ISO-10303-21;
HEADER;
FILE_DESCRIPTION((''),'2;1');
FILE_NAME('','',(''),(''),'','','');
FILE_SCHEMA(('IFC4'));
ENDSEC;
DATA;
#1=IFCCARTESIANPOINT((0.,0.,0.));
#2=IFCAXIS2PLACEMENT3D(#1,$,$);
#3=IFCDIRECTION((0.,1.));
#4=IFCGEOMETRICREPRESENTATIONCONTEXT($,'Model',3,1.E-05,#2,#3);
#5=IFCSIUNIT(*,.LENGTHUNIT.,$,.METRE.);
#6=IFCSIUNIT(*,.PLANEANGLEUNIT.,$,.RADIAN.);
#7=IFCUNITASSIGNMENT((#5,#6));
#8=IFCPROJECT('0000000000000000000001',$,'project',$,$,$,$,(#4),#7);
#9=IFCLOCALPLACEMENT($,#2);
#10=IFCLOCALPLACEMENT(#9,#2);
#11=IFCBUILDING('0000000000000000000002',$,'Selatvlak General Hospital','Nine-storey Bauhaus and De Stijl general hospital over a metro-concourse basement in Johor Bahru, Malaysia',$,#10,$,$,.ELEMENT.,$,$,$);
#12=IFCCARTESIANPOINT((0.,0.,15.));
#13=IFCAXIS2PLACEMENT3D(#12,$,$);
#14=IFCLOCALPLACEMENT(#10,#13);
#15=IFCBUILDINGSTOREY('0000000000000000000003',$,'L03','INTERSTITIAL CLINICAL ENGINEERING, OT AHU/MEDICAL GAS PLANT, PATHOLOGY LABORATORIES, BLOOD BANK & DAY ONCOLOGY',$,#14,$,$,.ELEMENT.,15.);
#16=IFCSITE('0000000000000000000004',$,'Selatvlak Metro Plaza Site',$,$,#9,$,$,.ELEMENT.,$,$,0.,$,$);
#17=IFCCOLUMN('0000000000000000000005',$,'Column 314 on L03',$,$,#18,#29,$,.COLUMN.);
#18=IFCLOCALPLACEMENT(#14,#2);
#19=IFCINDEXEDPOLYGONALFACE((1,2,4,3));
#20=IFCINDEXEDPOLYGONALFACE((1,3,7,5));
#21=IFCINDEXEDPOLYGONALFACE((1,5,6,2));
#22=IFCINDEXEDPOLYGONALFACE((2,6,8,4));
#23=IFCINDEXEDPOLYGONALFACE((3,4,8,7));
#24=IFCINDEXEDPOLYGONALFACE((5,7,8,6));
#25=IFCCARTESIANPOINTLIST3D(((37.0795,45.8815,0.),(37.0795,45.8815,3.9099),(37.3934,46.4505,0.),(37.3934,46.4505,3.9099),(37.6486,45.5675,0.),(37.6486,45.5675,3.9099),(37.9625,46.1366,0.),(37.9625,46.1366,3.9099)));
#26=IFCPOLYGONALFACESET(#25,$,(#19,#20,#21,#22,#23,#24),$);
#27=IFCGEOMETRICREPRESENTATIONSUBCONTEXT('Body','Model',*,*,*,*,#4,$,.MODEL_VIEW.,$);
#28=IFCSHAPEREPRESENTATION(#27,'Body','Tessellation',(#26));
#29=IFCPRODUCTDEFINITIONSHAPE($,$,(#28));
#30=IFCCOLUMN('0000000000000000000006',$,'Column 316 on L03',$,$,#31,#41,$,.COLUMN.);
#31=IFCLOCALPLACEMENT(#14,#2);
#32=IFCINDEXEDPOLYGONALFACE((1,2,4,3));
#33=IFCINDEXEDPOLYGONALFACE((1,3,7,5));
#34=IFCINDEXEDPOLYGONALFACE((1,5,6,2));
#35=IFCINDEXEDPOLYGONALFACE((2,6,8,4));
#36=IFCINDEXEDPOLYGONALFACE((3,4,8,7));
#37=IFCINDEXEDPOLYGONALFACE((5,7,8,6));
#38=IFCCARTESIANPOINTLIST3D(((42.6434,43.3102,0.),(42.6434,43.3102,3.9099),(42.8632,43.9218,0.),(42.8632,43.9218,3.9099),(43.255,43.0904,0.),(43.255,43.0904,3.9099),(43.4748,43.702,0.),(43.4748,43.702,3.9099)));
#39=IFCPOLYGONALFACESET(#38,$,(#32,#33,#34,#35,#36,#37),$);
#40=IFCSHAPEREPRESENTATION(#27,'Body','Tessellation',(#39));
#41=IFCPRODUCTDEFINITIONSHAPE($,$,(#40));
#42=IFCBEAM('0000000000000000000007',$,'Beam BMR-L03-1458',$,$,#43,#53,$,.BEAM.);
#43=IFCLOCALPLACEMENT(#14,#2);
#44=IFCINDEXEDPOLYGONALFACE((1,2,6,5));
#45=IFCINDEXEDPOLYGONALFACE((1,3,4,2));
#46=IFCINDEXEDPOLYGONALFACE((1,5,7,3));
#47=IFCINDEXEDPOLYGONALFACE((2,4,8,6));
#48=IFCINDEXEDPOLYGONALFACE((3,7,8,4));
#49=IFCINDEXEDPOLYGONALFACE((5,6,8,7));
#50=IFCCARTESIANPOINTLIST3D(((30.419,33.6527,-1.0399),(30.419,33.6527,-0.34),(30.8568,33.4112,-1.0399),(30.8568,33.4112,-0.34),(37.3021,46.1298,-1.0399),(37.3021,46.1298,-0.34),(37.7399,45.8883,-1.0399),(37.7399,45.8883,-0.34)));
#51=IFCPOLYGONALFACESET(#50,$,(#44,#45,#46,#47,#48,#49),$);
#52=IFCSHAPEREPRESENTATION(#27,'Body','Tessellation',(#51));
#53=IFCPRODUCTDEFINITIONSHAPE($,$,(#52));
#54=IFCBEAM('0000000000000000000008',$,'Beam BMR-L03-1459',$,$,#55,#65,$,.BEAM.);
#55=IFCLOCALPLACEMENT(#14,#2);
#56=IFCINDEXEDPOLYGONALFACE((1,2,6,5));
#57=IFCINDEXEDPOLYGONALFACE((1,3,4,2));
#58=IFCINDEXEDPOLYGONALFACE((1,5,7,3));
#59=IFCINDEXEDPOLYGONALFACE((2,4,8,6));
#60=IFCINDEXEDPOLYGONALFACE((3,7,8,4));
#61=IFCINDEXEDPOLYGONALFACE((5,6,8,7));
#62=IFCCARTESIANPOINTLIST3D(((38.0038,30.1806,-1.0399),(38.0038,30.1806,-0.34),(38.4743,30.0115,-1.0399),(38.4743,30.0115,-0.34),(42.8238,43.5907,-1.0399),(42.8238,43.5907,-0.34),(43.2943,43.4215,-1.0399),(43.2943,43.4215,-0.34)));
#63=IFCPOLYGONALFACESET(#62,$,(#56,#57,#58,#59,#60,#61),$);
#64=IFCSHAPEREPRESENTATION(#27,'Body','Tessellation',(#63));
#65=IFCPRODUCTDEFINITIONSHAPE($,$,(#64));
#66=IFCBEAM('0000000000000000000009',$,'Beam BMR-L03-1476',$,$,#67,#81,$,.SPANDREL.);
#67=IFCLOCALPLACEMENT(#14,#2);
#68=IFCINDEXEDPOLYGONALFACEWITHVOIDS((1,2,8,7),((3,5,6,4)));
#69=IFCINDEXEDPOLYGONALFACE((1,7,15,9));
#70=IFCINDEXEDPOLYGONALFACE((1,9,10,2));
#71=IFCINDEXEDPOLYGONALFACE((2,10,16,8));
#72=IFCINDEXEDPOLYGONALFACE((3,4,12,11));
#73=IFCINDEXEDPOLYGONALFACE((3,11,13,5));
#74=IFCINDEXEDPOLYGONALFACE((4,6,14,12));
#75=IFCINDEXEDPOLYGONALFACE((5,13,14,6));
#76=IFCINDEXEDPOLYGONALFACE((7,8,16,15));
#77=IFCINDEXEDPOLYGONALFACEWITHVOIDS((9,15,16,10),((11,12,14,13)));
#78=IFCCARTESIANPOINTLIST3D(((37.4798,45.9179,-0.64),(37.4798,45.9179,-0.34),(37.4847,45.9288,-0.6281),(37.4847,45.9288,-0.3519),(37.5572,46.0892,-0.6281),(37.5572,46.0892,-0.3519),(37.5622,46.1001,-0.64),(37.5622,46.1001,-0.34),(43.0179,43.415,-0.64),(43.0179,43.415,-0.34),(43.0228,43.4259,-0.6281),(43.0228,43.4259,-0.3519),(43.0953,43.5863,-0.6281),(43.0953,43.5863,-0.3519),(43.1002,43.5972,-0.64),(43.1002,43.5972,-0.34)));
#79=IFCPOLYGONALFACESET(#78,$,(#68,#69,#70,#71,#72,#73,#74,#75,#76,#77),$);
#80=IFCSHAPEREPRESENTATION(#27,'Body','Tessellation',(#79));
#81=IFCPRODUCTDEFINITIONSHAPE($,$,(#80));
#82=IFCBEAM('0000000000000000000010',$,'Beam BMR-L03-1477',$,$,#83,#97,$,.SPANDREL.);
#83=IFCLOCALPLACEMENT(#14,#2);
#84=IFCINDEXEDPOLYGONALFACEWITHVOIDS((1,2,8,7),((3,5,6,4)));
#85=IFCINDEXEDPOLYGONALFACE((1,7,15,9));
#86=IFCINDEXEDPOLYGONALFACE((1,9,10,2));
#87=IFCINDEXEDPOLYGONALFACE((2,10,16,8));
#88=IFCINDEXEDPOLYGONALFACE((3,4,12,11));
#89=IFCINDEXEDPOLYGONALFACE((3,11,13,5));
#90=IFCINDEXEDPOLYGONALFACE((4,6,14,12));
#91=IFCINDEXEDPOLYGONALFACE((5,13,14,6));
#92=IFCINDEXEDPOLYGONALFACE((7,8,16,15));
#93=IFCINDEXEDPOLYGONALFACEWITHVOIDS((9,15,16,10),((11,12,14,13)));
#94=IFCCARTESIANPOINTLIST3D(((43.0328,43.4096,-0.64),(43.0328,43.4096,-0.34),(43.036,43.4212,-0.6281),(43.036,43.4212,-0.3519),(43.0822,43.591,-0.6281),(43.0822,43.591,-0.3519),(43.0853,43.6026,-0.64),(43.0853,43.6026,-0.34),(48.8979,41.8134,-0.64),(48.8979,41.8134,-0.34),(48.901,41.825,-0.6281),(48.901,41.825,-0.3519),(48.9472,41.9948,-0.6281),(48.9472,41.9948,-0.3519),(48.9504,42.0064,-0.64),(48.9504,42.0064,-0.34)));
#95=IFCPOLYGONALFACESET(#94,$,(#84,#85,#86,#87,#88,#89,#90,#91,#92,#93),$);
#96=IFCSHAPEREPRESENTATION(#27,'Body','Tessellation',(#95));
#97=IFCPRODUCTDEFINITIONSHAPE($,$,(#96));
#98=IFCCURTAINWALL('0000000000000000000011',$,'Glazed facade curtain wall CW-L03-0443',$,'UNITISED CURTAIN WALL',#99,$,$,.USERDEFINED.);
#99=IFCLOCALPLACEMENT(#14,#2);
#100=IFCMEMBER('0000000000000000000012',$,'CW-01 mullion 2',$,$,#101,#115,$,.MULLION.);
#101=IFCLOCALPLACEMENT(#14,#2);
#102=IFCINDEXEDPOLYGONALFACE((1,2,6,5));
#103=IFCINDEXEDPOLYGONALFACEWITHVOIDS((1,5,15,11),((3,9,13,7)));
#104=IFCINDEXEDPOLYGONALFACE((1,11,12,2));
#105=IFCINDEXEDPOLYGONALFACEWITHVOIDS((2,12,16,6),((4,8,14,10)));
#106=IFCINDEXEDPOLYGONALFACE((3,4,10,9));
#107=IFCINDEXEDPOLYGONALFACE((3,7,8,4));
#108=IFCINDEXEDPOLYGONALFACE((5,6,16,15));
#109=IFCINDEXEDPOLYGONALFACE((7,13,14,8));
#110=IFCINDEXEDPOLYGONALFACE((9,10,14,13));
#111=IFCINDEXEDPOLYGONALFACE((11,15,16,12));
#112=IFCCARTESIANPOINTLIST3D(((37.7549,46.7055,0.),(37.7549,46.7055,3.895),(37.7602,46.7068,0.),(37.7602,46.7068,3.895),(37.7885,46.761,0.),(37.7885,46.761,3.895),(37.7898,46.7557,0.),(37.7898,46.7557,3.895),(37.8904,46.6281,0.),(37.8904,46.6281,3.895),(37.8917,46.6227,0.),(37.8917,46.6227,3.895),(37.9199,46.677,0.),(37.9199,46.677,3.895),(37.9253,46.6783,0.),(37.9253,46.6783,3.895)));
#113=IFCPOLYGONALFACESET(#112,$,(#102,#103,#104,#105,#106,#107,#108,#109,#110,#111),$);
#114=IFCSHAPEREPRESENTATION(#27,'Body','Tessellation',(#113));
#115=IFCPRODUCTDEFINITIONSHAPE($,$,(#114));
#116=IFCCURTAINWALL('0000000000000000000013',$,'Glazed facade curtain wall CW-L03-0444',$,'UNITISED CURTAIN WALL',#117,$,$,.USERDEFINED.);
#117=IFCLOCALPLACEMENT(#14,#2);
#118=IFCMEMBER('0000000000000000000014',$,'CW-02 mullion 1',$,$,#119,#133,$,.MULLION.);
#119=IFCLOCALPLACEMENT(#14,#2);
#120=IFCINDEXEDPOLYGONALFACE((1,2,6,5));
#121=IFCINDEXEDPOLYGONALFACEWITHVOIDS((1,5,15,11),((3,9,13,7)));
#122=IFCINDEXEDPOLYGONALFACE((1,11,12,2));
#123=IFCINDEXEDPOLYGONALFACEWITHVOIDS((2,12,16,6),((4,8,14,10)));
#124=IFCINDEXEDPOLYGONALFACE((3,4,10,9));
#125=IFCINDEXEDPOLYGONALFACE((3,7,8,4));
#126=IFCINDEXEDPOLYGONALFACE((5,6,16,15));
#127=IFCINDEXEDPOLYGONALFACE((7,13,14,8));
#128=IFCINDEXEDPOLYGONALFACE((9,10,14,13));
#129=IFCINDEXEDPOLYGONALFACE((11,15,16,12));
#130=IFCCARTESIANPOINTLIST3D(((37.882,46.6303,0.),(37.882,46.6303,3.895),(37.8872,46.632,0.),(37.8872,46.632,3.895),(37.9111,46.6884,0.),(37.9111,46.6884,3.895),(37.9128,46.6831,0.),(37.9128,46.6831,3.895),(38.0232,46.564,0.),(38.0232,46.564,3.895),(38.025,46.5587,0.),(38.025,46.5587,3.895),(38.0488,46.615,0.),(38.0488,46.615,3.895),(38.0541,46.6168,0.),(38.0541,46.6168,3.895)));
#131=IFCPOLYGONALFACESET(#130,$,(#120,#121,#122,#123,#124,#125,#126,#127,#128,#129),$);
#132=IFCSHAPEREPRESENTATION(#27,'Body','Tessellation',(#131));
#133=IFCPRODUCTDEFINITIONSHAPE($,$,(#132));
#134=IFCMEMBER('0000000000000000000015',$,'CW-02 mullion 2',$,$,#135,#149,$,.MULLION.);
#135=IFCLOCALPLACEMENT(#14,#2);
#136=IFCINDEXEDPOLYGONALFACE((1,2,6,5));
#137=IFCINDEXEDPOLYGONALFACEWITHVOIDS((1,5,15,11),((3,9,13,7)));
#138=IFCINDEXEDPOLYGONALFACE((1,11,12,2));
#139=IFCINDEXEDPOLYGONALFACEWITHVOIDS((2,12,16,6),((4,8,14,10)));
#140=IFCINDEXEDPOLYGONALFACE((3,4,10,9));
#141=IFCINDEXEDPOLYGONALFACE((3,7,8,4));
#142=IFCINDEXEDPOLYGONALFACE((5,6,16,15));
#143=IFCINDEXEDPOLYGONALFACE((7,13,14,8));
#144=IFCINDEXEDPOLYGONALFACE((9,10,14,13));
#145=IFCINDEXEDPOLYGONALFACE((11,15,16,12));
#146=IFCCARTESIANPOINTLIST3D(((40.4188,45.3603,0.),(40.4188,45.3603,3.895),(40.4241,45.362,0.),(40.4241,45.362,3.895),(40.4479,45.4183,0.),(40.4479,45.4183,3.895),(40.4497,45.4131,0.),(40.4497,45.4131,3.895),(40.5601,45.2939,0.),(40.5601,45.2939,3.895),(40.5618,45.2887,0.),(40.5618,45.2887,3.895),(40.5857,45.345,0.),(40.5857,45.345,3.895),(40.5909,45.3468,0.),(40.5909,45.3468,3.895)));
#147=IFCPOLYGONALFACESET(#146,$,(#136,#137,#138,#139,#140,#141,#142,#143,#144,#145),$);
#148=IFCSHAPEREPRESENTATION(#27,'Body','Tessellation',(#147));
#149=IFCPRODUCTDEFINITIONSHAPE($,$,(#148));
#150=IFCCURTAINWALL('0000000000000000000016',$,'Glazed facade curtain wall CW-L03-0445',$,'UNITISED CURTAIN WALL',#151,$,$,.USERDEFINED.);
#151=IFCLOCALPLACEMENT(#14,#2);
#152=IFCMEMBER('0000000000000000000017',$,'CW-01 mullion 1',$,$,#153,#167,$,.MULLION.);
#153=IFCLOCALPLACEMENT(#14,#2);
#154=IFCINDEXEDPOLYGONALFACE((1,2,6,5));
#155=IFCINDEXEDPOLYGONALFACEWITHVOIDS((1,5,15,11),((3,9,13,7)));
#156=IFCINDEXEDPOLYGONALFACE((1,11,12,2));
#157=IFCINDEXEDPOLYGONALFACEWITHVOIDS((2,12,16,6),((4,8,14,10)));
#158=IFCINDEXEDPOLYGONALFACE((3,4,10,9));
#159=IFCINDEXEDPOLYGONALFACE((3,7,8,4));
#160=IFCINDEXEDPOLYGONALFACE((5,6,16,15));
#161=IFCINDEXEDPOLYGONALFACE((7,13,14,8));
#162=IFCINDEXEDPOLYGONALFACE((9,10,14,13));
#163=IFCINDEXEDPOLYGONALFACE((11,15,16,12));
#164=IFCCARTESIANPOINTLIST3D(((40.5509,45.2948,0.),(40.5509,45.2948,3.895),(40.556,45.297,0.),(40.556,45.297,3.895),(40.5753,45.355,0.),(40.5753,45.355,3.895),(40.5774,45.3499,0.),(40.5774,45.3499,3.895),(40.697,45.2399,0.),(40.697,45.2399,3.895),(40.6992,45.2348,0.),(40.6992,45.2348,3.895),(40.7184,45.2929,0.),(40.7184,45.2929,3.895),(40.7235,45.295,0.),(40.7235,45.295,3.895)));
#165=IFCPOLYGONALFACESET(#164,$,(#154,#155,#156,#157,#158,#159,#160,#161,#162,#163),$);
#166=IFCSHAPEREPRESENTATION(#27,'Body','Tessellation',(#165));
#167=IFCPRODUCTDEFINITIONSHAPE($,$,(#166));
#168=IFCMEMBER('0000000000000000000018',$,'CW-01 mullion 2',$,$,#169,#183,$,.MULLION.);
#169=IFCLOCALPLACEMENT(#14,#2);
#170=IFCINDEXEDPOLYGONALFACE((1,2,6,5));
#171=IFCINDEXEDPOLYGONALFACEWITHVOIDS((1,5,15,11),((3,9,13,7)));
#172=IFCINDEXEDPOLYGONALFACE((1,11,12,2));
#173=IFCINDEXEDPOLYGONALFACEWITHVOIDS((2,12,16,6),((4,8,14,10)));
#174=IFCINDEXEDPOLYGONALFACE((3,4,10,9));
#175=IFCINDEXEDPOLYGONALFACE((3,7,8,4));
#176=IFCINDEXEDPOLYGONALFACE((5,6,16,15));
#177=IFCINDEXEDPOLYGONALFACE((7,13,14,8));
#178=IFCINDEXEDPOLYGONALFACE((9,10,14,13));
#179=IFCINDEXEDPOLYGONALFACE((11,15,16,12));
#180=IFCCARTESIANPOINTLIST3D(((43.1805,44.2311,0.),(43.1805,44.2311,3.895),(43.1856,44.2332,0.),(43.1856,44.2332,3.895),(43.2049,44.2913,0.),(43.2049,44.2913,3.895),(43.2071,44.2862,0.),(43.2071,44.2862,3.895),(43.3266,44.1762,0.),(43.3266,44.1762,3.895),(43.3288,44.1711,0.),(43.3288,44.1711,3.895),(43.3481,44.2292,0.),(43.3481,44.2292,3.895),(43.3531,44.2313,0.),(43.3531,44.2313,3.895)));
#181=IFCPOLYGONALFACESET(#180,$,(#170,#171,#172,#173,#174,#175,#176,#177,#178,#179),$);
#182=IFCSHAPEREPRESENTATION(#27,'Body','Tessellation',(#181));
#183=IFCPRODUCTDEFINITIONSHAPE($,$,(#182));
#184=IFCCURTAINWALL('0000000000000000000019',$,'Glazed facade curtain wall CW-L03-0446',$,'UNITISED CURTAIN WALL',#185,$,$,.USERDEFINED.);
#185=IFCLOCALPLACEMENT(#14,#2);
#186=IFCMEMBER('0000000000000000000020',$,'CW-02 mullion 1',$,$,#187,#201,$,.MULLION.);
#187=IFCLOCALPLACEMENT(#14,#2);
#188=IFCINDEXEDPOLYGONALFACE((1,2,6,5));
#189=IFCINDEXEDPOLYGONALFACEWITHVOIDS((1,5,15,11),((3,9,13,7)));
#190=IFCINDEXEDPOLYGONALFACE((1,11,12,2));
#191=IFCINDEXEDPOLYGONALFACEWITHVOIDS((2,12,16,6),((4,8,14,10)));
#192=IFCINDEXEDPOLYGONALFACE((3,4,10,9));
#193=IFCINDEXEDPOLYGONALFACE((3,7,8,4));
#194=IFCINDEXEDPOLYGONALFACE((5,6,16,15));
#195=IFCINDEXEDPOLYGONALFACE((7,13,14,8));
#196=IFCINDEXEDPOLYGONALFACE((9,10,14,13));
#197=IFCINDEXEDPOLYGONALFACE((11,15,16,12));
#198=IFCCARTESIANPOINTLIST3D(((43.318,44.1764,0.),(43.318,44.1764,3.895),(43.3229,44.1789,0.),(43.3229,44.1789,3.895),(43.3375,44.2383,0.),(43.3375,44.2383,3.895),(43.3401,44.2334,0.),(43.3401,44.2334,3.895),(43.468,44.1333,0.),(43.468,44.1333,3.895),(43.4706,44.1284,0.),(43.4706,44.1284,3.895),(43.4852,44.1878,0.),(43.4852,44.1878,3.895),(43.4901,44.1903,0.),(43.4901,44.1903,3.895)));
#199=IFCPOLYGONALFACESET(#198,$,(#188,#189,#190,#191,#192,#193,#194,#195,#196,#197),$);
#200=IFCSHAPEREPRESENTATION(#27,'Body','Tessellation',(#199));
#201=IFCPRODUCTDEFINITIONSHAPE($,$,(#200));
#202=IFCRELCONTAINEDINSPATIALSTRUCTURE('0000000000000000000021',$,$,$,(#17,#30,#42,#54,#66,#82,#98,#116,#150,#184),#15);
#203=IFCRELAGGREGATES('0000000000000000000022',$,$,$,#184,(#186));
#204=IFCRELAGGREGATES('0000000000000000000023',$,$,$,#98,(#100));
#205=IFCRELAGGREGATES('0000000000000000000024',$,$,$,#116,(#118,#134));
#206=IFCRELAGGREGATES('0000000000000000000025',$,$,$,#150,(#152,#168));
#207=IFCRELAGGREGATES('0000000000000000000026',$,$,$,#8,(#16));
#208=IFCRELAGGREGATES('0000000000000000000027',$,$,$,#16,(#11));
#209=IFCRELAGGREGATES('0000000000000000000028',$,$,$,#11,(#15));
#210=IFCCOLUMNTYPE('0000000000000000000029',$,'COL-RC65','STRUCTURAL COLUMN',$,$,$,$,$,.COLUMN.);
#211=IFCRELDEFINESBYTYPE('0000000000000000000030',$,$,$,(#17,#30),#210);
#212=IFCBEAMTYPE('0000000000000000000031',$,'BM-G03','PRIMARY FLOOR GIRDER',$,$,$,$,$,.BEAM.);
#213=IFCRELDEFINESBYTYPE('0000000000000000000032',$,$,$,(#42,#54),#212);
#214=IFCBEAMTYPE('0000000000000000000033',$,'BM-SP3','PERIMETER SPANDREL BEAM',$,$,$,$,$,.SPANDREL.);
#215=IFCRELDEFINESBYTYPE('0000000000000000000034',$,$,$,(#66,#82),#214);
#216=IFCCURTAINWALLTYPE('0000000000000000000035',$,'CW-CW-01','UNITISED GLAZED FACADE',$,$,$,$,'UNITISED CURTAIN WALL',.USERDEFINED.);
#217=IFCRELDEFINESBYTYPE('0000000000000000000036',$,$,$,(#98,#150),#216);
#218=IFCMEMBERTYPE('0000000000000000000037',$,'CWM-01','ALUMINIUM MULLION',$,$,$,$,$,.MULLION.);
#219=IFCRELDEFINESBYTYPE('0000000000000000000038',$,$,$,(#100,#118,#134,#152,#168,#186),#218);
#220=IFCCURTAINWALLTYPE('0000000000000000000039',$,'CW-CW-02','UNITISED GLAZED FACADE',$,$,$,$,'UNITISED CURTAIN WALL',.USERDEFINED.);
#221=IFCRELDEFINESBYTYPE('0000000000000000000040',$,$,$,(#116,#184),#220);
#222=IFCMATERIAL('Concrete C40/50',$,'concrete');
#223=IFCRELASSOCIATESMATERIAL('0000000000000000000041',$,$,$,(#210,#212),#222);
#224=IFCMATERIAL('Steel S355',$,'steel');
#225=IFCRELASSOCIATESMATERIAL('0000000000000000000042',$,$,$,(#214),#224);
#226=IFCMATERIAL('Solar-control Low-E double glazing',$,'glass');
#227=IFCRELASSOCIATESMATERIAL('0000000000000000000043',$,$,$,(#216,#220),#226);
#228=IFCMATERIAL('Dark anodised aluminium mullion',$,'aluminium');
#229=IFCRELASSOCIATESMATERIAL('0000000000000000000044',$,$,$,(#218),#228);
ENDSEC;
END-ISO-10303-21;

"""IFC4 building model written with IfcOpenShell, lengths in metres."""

from ifc_helpers import new_model, si_unit, direction, frame, origin, origin_2d, place, context, subcontext, project, spatial, rectangle, hollow_rectangle, extrude, material, material_profile, profile_set, type_object, element, aggregate, save


model = new_model("IFC4")

# Units and contexts
model_context = context("Model", 3, precision=1e-05, world=origin(), true_north=direction((0.0, 1.0)))
body_context = subcontext(model_context, "Body", "Model", "MODEL_VIEW")
ifc_project = project(units=[si_unit("LENGTHUNIT", "METRE"), si_unit("PLANEANGLEUNIT", "RADIAN")], contexts=[model_context])

# Site, building, storey
site_placement = place(None, origin())
site = spatial("IfcSite", under=ifc_project, at=site_placement, Name="Selatvlak Metro Plaza Site", CompositionType="ELEMENT", RefElevation=0.0)
building_placement = place(site_placement, origin())
building = spatial("IfcBuilding", under=site, at=building_placement, Name="Selatvlak General Hospital", Description="Nine-storey Bauhaus and De Stijl general hospital over a metro-concourse basement in Johor Bahru, Malaysia", CompositionType="ELEMENT")
storey_placement = place(building_placement, frame((0.0, 0.0, 15.0)))
storey = spatial("IfcBuildingStorey", under=building, at=storey_placement, Name="L03", Description="INTERSTITIAL CLINICAL ENGINEERING, OT AHU/MEDICAL GAS PLANT, PATHOLOGY LABORATORIES, BLOOD BANK & DAY ONCOLOGY", CompositionType="ELEMENT", Elevation=15.0)

# Columns
ifc_material_1 = material(Name="Concrete C40/50", Category="concrete")
ifc_material_profile_1 = material_profile(ifc_material_1, rectangle(XDim=0.6499, YDim=0.6499, at=origin_2d()), Name="RC-COL 650x650")
ifc_profile_set_1 = profile_set([ifc_material_profile_1], Name="Concrete C40/50")
column_type = type_object("IfcColumnType", Name="COL-RC65", Description="STRUCTURAL COLUMN", PredefinedType="COLUMN", material=ifc_profile_set_1)
for number, where, z_axis, x_axis, name in (
    (1, (37.521, 46.009, 0.0), (0.0, 0.0, 1.0), (0.483007, 0.875616, 0.0), "Column 314 on L03"),
    (2, (43.0591, 43.5061, 0.0), (0.0, 0.0, 1.0), (0.338262, 0.941052, 0.0), "Column 316 on L03"),
):
    element("IfcColumn", number, at=place(storey_placement, frame(where, z_axis=z_axis, x_axis=x_axis)), inside=storey, type_object=column_type, Name=name, PredefinedType="COLUMN", context=body_context, shape_type="SweptSolid", body=[
        extrude(rectangle(XDim=0.6499, YDim=0.6499, at=origin_2d()), origin(), (0.0, 0.0, 1.0), 3.9099),
    ])

# Beams
ifc_material_profile_2 = material_profile(ifc_material_1, rectangle(XDim=0.5, YDim=0.7, at=origin_2d()), Name="RC-BM 500x700")
ifc_profile_set_2 = profile_set([ifc_material_profile_2], Name="Concrete C40/50")
beam_type_1 = type_object("IfcBeamType", Name="BM-G03", Description="PRIMARY FLOOR GIRDER", PredefinedType="BEAM", material=ifc_profile_set_2)
beam_1_placement = place(storey_placement, frame((37.521, 46.009, -0.6899), z_axis=(-0.483033, -0.875602, 0.0), x_axis=(0.875602, -0.483033, 0.0)))
element("IfcBeam", 3, at=beam_1_placement, inside=storey, type_object=beam_type_1, Name="Beam BMR-L03-1458", PredefinedType="BEAM", context=body_context, shape_type="SweptSolid", body=[
    extrude(rectangle(XDim=0.5, YDim=0.7, at=origin_2d()), origin(), (0.0, 0.0, 1.0), 14.2498),
])
beam_2_placement = place(storey_placement, frame((43.0591, 43.5061, -0.6899), z_axis=(-0.338248, -0.941057, 0.0), x_axis=(0.941057, -0.338248, 0.0)))
element("IfcBeam", 4, at=beam_2_placement, inside=storey, type_object=beam_type_1, Name="Beam BMR-L03-1459", PredefinedType="BEAM", context=body_context, shape_type="SweptSolid", body=[
    extrude(rectangle(XDim=0.5, YDim=0.7, at=origin_2d()), origin(), (0.0, 0.0, 1.0), 14.25),
])
ifc_material_2 = material(Name="Steel S355", Category="steel")
ifc_material_profile_3 = material_profile(ifc_material_2, hollow_rectangle(XDim=0.2, YDim=0.3, WallThickness=0.012, at=origin_2d()), Name="RHS 300x200x12")
ifc_profile_set_3 = profile_set([ifc_material_profile_3], Name="Steel S355")
beam_type_2 = type_object("IfcBeamType", Name="BM-SP3", Description="PERIMETER SPANDREL BEAM", PredefinedType="SPANDREL", material=ifc_profile_set_3)
beam_3_placement = place(storey_placement, frame((37.521, 46.009, -0.49), z_axis=(0.911256, -0.411841, 0.0), x_axis=(0.411841, 0.911256, 0.0)))
element("IfcBeam", 5, at=beam_3_placement, inside=storey, type_object=beam_type_2, Name="Beam BMR-L03-1476", PredefinedType="SPANDREL", context=body_context, shape_type="SweptSolid", body=[
    extrude(hollow_rectangle(XDim=0.2, YDim=0.3, WallThickness=0.012, at=origin_2d()), origin(), (0.0, 0.0, 1.0), 6.0774),
])
beam_4_placement = place(storey_placement, frame((43.0591, 43.5061, -0.49), z_axis=(0.964904, -0.262604, 0.0), x_axis=(0.262604, 0.964904, 0.0)))
element("IfcBeam", 6, at=beam_4_placement, inside=storey, type_object=beam_type_2, Name="Beam BMR-L03-1477", PredefinedType="SPANDREL", context=body_context, shape_type="SweptSolid", body=[
    extrude(hollow_rectangle(XDim=0.2, YDim=0.3, WallThickness=0.012, at=origin_2d()), origin(), (0.0, 0.0, 1.0), 6.0784),
])

# Curtain wall, member
ifc_material_3 = material(Name="Solar-control Low-E double glazing", Category="glass")
curtain_wall_type_1 = type_object("IfcCurtainWallType", Name="CW-CW-01", Description="UNITISED GLAZED FACADE", ElementType="UNITISED CURTAIN WALL", PredefinedType="USERDEFINED", material=ifc_material_3)
curtain_wall_1_placement = place(storey_placement, origin())
curtain_wall_1 = element("IfcCurtainWall", 7, at=curtain_wall_1_placement, inside=storey, type_object=curtain_wall_type_1, Name="Glazed facade curtain wall CW-L03-0443", ObjectType="UNITISED CURTAIN WALL", PredefinedType="USERDEFINED")
ifc_material_4 = material(Name="Dark anodised aluminium mullion", Category="aluminium")
ifc_material_profile_4 = material_profile(ifc_material_4, hollow_rectangle(XDim=0.0649, YDim=0.1599, WallThickness=0.0039, at=origin_2d()), Name="AL-MUL 65x160x4")
ifc_profile_set_4 = profile_set([ifc_material_profile_4], Name="Dark anodised aluminium mullion")
member_type_1 = type_object("IfcMemberType", Name="CWM-01", Description="ALUMINIUM MULLION", PredefinedType="MULLION", material=ifc_profile_set_4)
member_1_placement = place(storey_placement, frame((37.8401, 46.6919, 0.0), z_axis=(0.0, 0.0, 1.0), x_axis=(0.517384, 0.855753, 0.0)))
member_1 = element("IfcMember", 8, at=member_1_placement, type_object=member_type_1, Name="CW-01 mullion 2", PredefinedType="MULLION", context=body_context, shape_type="SweptSolid", body=[
    extrude(hollow_rectangle(XDim=0.0649, YDim=0.1599, WallThickness=0.0039, at=origin_2d()), origin(), (0.0, 0.0, 1.0), 3.895),
])

# Curtain walls, members
curtain_wall_type_2 = type_object("IfcCurtainWallType", Name="CW-CW-02", Description="UNITISED GLAZED FACADE", ElementType="UNITISED CURTAIN WALL", PredefinedType="USERDEFINED", material=ifc_material_3)
curtain_wall_2_placement = place(storey_placement, origin())
curtain_wall_2 = element("IfcCurtainWall", 9, at=curtain_wall_2_placement, inside=storey, type_object=curtain_wall_type_2, Name="Glazed facade curtain wall CW-L03-0444", ObjectType="UNITISED CURTAIN WALL", PredefinedType="USERDEFINED")
member_2_placement = place(storey_placement, frame((37.968, 46.6235, 0.0), z_axis=(0.0, 0.0, 1.0), x_axis=(0.447627, 0.89422, 0.0)))
member_2 = element("IfcMember", 10, at=member_2_placement, type_object=member_type_1, Name="CW-02 mullion 1", PredefinedType="MULLION", context=body_context, shape_type="SweptSolid", body=[
    extrude(hollow_rectangle(XDim=0.0649, YDim=0.1599, WallThickness=0.0039, at=origin_2d()), origin(), (0.0, 0.0, 1.0), 3.895),
])
member_3_placement = place(storey_placement, frame((40.5049, 45.3535, 0.0), z_axis=(0.0, 0.0, 1.0), x_axis=(0.447627, 0.89422, 0.0)))
member_3 = element("IfcMember", 11, at=member_3_placement, type_object=member_type_1, Name="CW-02 mullion 2", PredefinedType="MULLION", context=body_context, shape_type="SweptSolid", body=[
    extrude(hollow_rectangle(XDim=0.0649, YDim=0.1599, WallThickness=0.0039, at=origin_2d()), origin(), (0.0, 0.0, 1.0), 3.895),
])
curtain_wall_3_placement = place(storey_placement, origin())
curtain_wall_3 = element("IfcCurtainWall", 12, at=curtain_wall_3_placement, inside=storey, type_object=curtain_wall_type_1, Name="Glazed facade curtain wall CW-L03-0445", ObjectType="UNITISED CURTAIN WALL", PredefinedType="USERDEFINED")
member_4_placement = place(storey_placement, frame((40.6372, 45.2949, 0.0), z_axis=(0.0, 0.0, 1.0), x_axis=(0.374953, 0.927044, 0.0)))
member_4 = element("IfcMember", 13, at=member_4_placement, type_object=member_type_1, Name="CW-01 mullion 1", PredefinedType="MULLION", context=body_context, shape_type="SweptSolid", body=[
    extrude(hollow_rectangle(XDim=0.0649, YDim=0.1599, WallThickness=0.0039, at=origin_2d()), origin(), (0.0, 0.0, 1.0), 3.895),
])
member_5_placement = place(storey_placement, frame((43.2668, 44.2312, 0.0), z_axis=(0.0, 0.0, 1.0), x_axis=(0.374953, 0.927044, 0.0)))
member_5 = element("IfcMember", 14, at=member_5_placement, type_object=member_type_1, Name="CW-01 mullion 2", PredefinedType="MULLION", context=body_context, shape_type="SweptSolid", body=[
    extrude(hollow_rectangle(XDim=0.0649, YDim=0.1599, WallThickness=0.0039, at=origin_2d()), origin(), (0.0, 0.0, 1.0), 3.895),
])

# Curtain wall, member
curtain_wall_4_placement = place(storey_placement, origin())
curtain_wall_4 = element("IfcCurtainWall", 15, at=curtain_wall_4_placement, inside=storey, type_object=curtain_wall_type_2, Name="Glazed facade curtain wall CW-L03-0446", ObjectType="UNITISED CURTAIN WALL", PredefinedType="USERDEFINED")
member_6_placement = place(storey_placement, frame((43.4041, 44.1833, 0.0), z_axis=(0.0, 0.0, 1.0), x_axis=(0.300373, 0.953822, 0.0)))
member_6 = element("IfcMember", 16, at=member_6_placement, type_object=member_type_1, Name="CW-02 mullion 1", PredefinedType="MULLION", context=body_context, shape_type="SweptSolid", body=[
    extrude(hollow_rectangle(XDim=0.0649, YDim=0.1599, WallThickness=0.0039, at=origin_2d()), origin(), (0.0, 0.0, 1.0), 3.895),
])
aggregate(curtain_wall_4, [member_6])

aggregate(curtain_wall_1, [member_1])
aggregate(curtain_wall_2, [member_2, member_3])
aggregate(curtain_wall_3, [member_4, member_5])

save(model, "model.ifc")
